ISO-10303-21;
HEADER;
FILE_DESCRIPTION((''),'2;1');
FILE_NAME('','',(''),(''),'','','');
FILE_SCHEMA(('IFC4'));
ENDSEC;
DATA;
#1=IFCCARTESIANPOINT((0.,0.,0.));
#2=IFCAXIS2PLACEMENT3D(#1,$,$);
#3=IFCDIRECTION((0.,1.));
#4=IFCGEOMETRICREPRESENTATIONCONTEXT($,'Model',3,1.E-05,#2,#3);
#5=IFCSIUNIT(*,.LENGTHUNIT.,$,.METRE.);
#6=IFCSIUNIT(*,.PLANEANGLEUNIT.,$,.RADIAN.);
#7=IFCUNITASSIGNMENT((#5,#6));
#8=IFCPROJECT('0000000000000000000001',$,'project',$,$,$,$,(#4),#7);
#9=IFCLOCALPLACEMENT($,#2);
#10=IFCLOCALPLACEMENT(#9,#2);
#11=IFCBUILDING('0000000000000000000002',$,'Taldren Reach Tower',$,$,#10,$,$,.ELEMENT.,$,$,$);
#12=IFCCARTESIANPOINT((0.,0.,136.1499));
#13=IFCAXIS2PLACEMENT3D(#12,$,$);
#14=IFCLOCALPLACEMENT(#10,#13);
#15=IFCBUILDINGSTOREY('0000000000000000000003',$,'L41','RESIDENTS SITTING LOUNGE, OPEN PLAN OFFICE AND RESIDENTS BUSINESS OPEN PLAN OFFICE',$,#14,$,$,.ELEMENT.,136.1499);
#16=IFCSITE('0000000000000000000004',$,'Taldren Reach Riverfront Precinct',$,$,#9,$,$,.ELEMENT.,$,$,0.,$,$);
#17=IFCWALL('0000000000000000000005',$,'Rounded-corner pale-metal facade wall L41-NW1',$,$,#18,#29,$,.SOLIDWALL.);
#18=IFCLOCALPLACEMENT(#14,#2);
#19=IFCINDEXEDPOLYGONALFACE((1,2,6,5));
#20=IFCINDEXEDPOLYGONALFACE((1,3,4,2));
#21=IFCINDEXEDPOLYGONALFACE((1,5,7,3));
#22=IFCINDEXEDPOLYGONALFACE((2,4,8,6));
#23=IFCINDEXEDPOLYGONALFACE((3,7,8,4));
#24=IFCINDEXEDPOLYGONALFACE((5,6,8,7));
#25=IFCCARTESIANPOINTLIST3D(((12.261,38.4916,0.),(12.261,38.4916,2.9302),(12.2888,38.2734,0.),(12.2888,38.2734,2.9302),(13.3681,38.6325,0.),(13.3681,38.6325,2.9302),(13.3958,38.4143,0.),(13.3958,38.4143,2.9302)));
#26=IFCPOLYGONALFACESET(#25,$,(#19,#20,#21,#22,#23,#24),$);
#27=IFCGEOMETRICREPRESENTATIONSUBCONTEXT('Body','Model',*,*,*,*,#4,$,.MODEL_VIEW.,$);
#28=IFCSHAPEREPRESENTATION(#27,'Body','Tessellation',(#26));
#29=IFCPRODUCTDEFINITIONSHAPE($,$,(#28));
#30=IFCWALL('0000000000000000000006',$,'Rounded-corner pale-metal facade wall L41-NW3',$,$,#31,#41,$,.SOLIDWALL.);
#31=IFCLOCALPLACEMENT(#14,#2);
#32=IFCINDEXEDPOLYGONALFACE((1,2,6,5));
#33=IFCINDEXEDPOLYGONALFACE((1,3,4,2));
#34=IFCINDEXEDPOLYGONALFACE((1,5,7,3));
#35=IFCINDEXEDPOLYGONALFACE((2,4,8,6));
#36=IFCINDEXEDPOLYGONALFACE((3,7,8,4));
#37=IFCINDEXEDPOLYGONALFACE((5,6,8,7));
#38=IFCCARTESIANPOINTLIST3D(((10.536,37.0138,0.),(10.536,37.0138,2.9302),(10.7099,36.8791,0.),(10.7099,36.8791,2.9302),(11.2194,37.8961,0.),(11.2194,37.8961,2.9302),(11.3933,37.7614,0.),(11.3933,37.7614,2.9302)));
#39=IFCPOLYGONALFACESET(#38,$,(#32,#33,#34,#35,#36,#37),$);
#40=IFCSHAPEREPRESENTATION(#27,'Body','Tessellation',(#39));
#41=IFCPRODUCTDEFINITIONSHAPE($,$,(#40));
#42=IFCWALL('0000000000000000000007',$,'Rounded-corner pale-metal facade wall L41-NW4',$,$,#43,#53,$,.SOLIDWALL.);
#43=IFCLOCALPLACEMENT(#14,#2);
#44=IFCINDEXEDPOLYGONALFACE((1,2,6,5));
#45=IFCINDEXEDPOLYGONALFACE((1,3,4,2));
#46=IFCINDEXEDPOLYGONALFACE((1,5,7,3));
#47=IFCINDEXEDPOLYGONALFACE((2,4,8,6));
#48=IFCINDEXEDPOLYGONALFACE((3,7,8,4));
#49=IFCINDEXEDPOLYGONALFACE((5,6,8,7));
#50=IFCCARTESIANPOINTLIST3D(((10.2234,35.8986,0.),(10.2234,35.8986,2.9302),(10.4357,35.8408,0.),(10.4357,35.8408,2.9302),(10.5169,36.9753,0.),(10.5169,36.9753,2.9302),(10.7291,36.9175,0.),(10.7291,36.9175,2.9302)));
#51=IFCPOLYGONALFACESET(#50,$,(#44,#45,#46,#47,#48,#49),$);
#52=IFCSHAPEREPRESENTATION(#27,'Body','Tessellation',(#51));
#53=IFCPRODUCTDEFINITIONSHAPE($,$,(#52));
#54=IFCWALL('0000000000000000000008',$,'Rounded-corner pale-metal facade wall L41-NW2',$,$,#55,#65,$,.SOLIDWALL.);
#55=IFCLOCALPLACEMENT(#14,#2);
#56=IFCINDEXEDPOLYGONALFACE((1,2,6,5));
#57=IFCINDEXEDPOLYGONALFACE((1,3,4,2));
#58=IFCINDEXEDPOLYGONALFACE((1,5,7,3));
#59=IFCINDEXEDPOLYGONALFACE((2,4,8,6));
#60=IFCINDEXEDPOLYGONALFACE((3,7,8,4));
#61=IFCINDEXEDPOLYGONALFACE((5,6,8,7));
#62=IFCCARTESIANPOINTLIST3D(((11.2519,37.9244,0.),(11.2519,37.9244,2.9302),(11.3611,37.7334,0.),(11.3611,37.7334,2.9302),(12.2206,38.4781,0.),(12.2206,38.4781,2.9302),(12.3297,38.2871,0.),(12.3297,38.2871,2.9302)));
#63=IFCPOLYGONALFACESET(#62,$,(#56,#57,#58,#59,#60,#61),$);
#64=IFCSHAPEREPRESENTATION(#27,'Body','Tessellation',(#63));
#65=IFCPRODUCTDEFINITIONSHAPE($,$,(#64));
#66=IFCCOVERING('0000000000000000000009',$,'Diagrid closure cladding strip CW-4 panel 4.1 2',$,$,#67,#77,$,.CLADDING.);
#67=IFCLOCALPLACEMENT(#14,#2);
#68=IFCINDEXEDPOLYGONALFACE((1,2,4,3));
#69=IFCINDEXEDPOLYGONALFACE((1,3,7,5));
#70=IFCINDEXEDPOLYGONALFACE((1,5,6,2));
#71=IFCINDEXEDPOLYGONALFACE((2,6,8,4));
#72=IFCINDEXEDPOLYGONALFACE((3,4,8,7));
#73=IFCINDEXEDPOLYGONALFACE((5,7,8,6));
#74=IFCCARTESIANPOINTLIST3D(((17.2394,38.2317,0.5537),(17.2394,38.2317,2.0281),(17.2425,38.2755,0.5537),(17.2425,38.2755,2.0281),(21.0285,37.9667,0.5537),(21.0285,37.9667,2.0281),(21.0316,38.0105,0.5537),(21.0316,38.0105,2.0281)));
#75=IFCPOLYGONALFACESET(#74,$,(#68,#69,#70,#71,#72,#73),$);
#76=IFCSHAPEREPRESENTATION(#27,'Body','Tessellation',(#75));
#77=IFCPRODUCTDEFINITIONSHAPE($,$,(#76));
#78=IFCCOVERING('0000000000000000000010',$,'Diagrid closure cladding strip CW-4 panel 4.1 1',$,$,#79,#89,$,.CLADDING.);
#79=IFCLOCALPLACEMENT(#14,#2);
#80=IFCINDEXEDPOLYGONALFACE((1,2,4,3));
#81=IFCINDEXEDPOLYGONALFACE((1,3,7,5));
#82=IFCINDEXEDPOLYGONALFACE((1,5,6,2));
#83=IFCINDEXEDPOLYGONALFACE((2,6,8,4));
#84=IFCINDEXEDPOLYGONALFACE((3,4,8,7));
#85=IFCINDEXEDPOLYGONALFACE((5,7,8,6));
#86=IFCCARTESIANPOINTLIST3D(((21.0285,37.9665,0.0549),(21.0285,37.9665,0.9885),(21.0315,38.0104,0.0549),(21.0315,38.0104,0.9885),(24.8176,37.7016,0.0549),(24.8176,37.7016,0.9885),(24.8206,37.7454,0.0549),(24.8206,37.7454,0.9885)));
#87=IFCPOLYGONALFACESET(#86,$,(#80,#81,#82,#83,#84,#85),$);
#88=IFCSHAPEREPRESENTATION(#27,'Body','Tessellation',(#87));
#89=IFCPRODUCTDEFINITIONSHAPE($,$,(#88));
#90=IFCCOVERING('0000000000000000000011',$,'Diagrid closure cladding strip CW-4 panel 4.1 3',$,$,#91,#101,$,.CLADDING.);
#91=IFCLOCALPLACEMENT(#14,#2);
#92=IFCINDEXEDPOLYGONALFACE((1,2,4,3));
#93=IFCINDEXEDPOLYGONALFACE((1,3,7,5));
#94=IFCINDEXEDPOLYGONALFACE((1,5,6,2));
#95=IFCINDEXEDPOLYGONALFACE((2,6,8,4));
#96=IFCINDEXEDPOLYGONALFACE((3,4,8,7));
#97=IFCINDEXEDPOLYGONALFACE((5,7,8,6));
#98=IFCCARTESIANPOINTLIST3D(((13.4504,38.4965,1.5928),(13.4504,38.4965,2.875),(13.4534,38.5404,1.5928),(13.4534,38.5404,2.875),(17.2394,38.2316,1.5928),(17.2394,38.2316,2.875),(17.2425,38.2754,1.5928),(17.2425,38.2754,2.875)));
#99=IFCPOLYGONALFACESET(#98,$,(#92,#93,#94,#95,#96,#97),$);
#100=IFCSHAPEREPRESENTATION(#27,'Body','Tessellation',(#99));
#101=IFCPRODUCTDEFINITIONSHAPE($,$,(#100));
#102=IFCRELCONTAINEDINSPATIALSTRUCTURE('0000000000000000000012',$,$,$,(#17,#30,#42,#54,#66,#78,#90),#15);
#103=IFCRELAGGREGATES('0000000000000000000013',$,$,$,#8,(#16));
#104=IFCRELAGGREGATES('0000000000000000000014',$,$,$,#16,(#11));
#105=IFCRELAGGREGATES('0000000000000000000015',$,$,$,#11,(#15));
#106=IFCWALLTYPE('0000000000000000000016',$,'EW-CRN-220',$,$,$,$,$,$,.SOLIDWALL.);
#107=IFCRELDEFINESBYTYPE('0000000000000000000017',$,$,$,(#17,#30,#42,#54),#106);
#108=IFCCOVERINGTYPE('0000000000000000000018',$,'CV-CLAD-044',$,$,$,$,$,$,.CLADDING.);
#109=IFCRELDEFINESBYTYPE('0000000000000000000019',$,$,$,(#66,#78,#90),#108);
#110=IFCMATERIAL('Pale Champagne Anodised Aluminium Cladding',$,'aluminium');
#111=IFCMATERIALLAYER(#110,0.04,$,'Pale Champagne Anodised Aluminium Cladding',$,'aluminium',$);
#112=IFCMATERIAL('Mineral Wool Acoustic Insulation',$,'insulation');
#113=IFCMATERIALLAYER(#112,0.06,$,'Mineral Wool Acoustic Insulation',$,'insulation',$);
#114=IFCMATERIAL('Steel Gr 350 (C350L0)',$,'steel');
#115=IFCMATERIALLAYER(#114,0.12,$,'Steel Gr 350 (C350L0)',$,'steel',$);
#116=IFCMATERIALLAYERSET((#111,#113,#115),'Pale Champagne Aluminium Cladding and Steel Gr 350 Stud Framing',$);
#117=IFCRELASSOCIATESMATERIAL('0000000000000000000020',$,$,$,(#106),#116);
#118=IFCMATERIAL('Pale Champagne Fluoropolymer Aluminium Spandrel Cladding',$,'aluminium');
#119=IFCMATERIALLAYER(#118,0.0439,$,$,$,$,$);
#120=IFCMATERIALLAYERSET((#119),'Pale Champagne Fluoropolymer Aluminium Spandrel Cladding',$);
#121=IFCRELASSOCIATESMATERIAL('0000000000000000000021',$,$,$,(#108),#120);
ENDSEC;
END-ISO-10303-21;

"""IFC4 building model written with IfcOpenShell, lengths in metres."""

from ifc_helpers import new_model, si_unit, direction, frame, frame_2d, origin, origin_2d, place, context, subcontext, project, spatial, rectangle, extrude, source, transform, mapped, material, layer, layer_set, type_object, element, save


model = new_model("IFC4")

# Units and contexts
model_context = context("Model", 3, precision=1e-05, world=origin(), true_north=direction((0.0, 1.0)))
body_context = subcontext(model_context, "Body", "Model", "MODEL_VIEW")
ifc_project = project(units=[si_unit("LENGTHUNIT", "METRE"), si_unit("PLANEANGLEUNIT", "RADIAN")], contexts=[model_context])

# Site, building, storey
site_placement = place(None, origin())
site = spatial("IfcSite", under=ifc_project, at=site_placement, Name="Taldren Reach Riverfront Precinct", CompositionType="ELEMENT", RefElevation=0.0)
building_placement = place(site_placement, origin())
building = spatial("IfcBuilding", under=site, at=building_placement, Name="Taldren Reach Tower", CompositionType="ELEMENT")
storey_placement = place(building_placement, frame((0.0, 0.0, 136.1499)))
storey = spatial("IfcBuildingStorey", under=building, at=storey_placement, Name="L41", Description="RESIDENTS SITTING LOUNGE, OPEN PLAN OFFICE AND RESIDENTS BUSINESS OPEN PLAN OFFICE", CompositionType="ELEMENT", Elevation=136.1499)

# Shared definitions
ifc_material_1 = material(Name="Steel Gr 350 (C350L0)", Category="steel")

# Walls
ifc_material_2 = material(Name="Pale Champagne Anodised Aluminium Cladding", Category="aluminium")
ifc_layer_1 = layer(ifc_material_2, 0.04, Name="Pale Champagne Anodised Aluminium Cladding", Category="aluminium")
ifc_material_3 = material(Name="Mineral Wool Acoustic Insulation", Category="insulation")
ifc_layer_2 = layer(ifc_material_3, 0.06, Name="Mineral Wool Acoustic Insulation", Category="insulation")
ifc_layer_3 = layer(ifc_material_1, 0.12, Name="Steel Gr 350 (C350L0)", Category="steel")
ifc_layer_set_1 = layer_set([ifc_layer_1, ifc_layer_2, ifc_layer_3], Name="Pale Champagne Aluminium Cladding and Steel Gr 350 Stud Framing")
wall_type = type_object("IfcWallType", Name="EW-CRN-220", PredefinedType="SOLIDWALL", material=ifc_layer_set_1)
shared_shape_1 = source(origin(), body_context, "Body", "SweptSolid", [
    extrude(rectangle(XDim=1.116, YDim=0.22, at=frame_2d((0.5581, 0.0))), origin(), (0.0, 0.0, 1.0), 2.9302),
])
for number, where, z_axis, x_axis, name in (
    (1, (13.3821, 38.5234, 0.0), (0.0, 0.0, 1.0), (-0.991999, -0.126243, 0.0), "Rounded-corner pale-metal facade wall L41-NW1"),
    (2, (11.3064, 37.8289, 0.0), (0.0, 0.0, 1.0), (-0.612319, -0.790611, 0.0), "Rounded-corner pale-metal facade wall L41-NW3"),
    (3, (10.623, 36.9465, 0.0), (0.0, 0.0, 1.0), (-0.262969, -0.964804, 0.0), "Rounded-corner pale-metal facade wall L41-NW4"),
):
    element("IfcWall", number, at=place(storey_placement, frame(where, z_axis=z_axis, x_axis=x_axis)), inside=storey, type_object=wall_type, Name=name, PredefinedType="SOLIDWALL", context=body_context, shape_type="MappedRepresentation", body=[
        mapped(shared_shape_1, transform((0.0, 0.0, 0.0), scale=1.0)),
    ])
shared_shape_2 = source(origin(), body_context, "Body", "SweptSolid", [
    extrude(rectangle(XDim=1.1157, YDim=0.22, at=frame_2d((0.5579, 0.0))), origin(), (0.0, 0.0, 1.0), 2.9302),
])
wall_placement = place(storey_placement, frame((12.2751, 38.3826, 0.0), z_axis=(0.0, 0.0, 1.0), x_axis=(-0.868189, -0.496233, 0.0)))
element("IfcWall", 4, at=wall_placement, inside=storey, type_object=wall_type, Name="Rounded-corner pale-metal facade wall L41-NW2", PredefinedType="SOLIDWALL", context=body_context, shape_type="MappedRepresentation", body=[
    mapped(shared_shape_2, transform((0.0, 0.0, 0.0), scale=1.0)),
])

# Coverings
ifc_material_4 = material(Name="Pale Champagne Fluoropolymer Aluminium Spandrel Cladding", Category="aluminium")
ifc_layer_4 = layer(ifc_material_4, 0.0439)
ifc_layer_set_2 = layer_set([ifc_layer_4], Name="Pale Champagne Fluoropolymer Aluminium Spandrel Cladding")
covering_type = type_object("IfcCoveringType", Name="CV-CLAD-044", PredefinedType="CLADDING", material=ifc_layer_set_2)
shared_shape_3 = source(origin(), body_context, "Body", "SweptSolid", [
    extrude(rectangle(XDim=3.7983, YDim=0.0439, at=origin_2d()), origin(), (0.0, 0.0, 1.0), 1.4744),
])
covering_1_placement = place(storey_placement, frame((19.1355, 38.1211, 0.5537), z_axis=(0.0, 0.0, 1.0), x_axis=(-0.997564, 0.069757, 0.0)))
element("IfcCovering", 5, at=covering_1_placement, inside=storey, type_object=covering_type, Name="Diagrid closure cladding strip CW-4 panel 4.1 2", PredefinedType="CLADDING", context=body_context, shape_type="MappedRepresentation", body=[
    mapped(shared_shape_3, transform((0.0, 0.0, 0.0), scale=1.0)),
])
shared_shape_4 = source(origin(), body_context, "Body", "SweptSolid", [
    extrude(rectangle(XDim=3.7983, YDim=0.0439, at=origin_2d()), origin(), (0.0, 0.0, 1.0), 0.9336),
])
covering_2_placement = place(storey_placement, frame((22.9246, 37.856, 0.0549), z_axis=(0.0, 0.0, 1.0), x_axis=(-0.997564, 0.069757, 0.0)))
element("IfcCovering", 6, at=covering_2_placement, inside=storey, type_object=covering_type, Name="Diagrid closure cladding strip CW-4 panel 4.1 1", PredefinedType="CLADDING", context=body_context, shape_type="MappedRepresentation", body=[
    mapped(shared_shape_4, transform((0.0, 0.0, 0.0), scale=1.0)),
])
shared_shape_5 = source(origin(), body_context, "Body", "SweptSolid", [
    extrude(rectangle(XDim=3.7983, YDim=0.0439, at=origin_2d()), origin(), (0.0, 0.0, 1.0), 1.2822),
])
covering_3_placement = place(storey_placement, frame((15.3464, 38.386, 1.5928), z_axis=(0.0, 0.0, 1.0), x_axis=(-0.997564, 0.069757, 0.0)))
element("IfcCovering", 7, at=covering_3_placement, inside=storey, type_object=covering_type, Name="Diagrid closure cladding strip CW-4 panel 4.1 3", PredefinedType="CLADDING", context=body_context, shape_type="MappedRepresentation", body=[
    mapped(shared_shape_5, transform((0.0, 0.0, 0.0), scale=1.0)),
])

save(model, "model.ifc")
